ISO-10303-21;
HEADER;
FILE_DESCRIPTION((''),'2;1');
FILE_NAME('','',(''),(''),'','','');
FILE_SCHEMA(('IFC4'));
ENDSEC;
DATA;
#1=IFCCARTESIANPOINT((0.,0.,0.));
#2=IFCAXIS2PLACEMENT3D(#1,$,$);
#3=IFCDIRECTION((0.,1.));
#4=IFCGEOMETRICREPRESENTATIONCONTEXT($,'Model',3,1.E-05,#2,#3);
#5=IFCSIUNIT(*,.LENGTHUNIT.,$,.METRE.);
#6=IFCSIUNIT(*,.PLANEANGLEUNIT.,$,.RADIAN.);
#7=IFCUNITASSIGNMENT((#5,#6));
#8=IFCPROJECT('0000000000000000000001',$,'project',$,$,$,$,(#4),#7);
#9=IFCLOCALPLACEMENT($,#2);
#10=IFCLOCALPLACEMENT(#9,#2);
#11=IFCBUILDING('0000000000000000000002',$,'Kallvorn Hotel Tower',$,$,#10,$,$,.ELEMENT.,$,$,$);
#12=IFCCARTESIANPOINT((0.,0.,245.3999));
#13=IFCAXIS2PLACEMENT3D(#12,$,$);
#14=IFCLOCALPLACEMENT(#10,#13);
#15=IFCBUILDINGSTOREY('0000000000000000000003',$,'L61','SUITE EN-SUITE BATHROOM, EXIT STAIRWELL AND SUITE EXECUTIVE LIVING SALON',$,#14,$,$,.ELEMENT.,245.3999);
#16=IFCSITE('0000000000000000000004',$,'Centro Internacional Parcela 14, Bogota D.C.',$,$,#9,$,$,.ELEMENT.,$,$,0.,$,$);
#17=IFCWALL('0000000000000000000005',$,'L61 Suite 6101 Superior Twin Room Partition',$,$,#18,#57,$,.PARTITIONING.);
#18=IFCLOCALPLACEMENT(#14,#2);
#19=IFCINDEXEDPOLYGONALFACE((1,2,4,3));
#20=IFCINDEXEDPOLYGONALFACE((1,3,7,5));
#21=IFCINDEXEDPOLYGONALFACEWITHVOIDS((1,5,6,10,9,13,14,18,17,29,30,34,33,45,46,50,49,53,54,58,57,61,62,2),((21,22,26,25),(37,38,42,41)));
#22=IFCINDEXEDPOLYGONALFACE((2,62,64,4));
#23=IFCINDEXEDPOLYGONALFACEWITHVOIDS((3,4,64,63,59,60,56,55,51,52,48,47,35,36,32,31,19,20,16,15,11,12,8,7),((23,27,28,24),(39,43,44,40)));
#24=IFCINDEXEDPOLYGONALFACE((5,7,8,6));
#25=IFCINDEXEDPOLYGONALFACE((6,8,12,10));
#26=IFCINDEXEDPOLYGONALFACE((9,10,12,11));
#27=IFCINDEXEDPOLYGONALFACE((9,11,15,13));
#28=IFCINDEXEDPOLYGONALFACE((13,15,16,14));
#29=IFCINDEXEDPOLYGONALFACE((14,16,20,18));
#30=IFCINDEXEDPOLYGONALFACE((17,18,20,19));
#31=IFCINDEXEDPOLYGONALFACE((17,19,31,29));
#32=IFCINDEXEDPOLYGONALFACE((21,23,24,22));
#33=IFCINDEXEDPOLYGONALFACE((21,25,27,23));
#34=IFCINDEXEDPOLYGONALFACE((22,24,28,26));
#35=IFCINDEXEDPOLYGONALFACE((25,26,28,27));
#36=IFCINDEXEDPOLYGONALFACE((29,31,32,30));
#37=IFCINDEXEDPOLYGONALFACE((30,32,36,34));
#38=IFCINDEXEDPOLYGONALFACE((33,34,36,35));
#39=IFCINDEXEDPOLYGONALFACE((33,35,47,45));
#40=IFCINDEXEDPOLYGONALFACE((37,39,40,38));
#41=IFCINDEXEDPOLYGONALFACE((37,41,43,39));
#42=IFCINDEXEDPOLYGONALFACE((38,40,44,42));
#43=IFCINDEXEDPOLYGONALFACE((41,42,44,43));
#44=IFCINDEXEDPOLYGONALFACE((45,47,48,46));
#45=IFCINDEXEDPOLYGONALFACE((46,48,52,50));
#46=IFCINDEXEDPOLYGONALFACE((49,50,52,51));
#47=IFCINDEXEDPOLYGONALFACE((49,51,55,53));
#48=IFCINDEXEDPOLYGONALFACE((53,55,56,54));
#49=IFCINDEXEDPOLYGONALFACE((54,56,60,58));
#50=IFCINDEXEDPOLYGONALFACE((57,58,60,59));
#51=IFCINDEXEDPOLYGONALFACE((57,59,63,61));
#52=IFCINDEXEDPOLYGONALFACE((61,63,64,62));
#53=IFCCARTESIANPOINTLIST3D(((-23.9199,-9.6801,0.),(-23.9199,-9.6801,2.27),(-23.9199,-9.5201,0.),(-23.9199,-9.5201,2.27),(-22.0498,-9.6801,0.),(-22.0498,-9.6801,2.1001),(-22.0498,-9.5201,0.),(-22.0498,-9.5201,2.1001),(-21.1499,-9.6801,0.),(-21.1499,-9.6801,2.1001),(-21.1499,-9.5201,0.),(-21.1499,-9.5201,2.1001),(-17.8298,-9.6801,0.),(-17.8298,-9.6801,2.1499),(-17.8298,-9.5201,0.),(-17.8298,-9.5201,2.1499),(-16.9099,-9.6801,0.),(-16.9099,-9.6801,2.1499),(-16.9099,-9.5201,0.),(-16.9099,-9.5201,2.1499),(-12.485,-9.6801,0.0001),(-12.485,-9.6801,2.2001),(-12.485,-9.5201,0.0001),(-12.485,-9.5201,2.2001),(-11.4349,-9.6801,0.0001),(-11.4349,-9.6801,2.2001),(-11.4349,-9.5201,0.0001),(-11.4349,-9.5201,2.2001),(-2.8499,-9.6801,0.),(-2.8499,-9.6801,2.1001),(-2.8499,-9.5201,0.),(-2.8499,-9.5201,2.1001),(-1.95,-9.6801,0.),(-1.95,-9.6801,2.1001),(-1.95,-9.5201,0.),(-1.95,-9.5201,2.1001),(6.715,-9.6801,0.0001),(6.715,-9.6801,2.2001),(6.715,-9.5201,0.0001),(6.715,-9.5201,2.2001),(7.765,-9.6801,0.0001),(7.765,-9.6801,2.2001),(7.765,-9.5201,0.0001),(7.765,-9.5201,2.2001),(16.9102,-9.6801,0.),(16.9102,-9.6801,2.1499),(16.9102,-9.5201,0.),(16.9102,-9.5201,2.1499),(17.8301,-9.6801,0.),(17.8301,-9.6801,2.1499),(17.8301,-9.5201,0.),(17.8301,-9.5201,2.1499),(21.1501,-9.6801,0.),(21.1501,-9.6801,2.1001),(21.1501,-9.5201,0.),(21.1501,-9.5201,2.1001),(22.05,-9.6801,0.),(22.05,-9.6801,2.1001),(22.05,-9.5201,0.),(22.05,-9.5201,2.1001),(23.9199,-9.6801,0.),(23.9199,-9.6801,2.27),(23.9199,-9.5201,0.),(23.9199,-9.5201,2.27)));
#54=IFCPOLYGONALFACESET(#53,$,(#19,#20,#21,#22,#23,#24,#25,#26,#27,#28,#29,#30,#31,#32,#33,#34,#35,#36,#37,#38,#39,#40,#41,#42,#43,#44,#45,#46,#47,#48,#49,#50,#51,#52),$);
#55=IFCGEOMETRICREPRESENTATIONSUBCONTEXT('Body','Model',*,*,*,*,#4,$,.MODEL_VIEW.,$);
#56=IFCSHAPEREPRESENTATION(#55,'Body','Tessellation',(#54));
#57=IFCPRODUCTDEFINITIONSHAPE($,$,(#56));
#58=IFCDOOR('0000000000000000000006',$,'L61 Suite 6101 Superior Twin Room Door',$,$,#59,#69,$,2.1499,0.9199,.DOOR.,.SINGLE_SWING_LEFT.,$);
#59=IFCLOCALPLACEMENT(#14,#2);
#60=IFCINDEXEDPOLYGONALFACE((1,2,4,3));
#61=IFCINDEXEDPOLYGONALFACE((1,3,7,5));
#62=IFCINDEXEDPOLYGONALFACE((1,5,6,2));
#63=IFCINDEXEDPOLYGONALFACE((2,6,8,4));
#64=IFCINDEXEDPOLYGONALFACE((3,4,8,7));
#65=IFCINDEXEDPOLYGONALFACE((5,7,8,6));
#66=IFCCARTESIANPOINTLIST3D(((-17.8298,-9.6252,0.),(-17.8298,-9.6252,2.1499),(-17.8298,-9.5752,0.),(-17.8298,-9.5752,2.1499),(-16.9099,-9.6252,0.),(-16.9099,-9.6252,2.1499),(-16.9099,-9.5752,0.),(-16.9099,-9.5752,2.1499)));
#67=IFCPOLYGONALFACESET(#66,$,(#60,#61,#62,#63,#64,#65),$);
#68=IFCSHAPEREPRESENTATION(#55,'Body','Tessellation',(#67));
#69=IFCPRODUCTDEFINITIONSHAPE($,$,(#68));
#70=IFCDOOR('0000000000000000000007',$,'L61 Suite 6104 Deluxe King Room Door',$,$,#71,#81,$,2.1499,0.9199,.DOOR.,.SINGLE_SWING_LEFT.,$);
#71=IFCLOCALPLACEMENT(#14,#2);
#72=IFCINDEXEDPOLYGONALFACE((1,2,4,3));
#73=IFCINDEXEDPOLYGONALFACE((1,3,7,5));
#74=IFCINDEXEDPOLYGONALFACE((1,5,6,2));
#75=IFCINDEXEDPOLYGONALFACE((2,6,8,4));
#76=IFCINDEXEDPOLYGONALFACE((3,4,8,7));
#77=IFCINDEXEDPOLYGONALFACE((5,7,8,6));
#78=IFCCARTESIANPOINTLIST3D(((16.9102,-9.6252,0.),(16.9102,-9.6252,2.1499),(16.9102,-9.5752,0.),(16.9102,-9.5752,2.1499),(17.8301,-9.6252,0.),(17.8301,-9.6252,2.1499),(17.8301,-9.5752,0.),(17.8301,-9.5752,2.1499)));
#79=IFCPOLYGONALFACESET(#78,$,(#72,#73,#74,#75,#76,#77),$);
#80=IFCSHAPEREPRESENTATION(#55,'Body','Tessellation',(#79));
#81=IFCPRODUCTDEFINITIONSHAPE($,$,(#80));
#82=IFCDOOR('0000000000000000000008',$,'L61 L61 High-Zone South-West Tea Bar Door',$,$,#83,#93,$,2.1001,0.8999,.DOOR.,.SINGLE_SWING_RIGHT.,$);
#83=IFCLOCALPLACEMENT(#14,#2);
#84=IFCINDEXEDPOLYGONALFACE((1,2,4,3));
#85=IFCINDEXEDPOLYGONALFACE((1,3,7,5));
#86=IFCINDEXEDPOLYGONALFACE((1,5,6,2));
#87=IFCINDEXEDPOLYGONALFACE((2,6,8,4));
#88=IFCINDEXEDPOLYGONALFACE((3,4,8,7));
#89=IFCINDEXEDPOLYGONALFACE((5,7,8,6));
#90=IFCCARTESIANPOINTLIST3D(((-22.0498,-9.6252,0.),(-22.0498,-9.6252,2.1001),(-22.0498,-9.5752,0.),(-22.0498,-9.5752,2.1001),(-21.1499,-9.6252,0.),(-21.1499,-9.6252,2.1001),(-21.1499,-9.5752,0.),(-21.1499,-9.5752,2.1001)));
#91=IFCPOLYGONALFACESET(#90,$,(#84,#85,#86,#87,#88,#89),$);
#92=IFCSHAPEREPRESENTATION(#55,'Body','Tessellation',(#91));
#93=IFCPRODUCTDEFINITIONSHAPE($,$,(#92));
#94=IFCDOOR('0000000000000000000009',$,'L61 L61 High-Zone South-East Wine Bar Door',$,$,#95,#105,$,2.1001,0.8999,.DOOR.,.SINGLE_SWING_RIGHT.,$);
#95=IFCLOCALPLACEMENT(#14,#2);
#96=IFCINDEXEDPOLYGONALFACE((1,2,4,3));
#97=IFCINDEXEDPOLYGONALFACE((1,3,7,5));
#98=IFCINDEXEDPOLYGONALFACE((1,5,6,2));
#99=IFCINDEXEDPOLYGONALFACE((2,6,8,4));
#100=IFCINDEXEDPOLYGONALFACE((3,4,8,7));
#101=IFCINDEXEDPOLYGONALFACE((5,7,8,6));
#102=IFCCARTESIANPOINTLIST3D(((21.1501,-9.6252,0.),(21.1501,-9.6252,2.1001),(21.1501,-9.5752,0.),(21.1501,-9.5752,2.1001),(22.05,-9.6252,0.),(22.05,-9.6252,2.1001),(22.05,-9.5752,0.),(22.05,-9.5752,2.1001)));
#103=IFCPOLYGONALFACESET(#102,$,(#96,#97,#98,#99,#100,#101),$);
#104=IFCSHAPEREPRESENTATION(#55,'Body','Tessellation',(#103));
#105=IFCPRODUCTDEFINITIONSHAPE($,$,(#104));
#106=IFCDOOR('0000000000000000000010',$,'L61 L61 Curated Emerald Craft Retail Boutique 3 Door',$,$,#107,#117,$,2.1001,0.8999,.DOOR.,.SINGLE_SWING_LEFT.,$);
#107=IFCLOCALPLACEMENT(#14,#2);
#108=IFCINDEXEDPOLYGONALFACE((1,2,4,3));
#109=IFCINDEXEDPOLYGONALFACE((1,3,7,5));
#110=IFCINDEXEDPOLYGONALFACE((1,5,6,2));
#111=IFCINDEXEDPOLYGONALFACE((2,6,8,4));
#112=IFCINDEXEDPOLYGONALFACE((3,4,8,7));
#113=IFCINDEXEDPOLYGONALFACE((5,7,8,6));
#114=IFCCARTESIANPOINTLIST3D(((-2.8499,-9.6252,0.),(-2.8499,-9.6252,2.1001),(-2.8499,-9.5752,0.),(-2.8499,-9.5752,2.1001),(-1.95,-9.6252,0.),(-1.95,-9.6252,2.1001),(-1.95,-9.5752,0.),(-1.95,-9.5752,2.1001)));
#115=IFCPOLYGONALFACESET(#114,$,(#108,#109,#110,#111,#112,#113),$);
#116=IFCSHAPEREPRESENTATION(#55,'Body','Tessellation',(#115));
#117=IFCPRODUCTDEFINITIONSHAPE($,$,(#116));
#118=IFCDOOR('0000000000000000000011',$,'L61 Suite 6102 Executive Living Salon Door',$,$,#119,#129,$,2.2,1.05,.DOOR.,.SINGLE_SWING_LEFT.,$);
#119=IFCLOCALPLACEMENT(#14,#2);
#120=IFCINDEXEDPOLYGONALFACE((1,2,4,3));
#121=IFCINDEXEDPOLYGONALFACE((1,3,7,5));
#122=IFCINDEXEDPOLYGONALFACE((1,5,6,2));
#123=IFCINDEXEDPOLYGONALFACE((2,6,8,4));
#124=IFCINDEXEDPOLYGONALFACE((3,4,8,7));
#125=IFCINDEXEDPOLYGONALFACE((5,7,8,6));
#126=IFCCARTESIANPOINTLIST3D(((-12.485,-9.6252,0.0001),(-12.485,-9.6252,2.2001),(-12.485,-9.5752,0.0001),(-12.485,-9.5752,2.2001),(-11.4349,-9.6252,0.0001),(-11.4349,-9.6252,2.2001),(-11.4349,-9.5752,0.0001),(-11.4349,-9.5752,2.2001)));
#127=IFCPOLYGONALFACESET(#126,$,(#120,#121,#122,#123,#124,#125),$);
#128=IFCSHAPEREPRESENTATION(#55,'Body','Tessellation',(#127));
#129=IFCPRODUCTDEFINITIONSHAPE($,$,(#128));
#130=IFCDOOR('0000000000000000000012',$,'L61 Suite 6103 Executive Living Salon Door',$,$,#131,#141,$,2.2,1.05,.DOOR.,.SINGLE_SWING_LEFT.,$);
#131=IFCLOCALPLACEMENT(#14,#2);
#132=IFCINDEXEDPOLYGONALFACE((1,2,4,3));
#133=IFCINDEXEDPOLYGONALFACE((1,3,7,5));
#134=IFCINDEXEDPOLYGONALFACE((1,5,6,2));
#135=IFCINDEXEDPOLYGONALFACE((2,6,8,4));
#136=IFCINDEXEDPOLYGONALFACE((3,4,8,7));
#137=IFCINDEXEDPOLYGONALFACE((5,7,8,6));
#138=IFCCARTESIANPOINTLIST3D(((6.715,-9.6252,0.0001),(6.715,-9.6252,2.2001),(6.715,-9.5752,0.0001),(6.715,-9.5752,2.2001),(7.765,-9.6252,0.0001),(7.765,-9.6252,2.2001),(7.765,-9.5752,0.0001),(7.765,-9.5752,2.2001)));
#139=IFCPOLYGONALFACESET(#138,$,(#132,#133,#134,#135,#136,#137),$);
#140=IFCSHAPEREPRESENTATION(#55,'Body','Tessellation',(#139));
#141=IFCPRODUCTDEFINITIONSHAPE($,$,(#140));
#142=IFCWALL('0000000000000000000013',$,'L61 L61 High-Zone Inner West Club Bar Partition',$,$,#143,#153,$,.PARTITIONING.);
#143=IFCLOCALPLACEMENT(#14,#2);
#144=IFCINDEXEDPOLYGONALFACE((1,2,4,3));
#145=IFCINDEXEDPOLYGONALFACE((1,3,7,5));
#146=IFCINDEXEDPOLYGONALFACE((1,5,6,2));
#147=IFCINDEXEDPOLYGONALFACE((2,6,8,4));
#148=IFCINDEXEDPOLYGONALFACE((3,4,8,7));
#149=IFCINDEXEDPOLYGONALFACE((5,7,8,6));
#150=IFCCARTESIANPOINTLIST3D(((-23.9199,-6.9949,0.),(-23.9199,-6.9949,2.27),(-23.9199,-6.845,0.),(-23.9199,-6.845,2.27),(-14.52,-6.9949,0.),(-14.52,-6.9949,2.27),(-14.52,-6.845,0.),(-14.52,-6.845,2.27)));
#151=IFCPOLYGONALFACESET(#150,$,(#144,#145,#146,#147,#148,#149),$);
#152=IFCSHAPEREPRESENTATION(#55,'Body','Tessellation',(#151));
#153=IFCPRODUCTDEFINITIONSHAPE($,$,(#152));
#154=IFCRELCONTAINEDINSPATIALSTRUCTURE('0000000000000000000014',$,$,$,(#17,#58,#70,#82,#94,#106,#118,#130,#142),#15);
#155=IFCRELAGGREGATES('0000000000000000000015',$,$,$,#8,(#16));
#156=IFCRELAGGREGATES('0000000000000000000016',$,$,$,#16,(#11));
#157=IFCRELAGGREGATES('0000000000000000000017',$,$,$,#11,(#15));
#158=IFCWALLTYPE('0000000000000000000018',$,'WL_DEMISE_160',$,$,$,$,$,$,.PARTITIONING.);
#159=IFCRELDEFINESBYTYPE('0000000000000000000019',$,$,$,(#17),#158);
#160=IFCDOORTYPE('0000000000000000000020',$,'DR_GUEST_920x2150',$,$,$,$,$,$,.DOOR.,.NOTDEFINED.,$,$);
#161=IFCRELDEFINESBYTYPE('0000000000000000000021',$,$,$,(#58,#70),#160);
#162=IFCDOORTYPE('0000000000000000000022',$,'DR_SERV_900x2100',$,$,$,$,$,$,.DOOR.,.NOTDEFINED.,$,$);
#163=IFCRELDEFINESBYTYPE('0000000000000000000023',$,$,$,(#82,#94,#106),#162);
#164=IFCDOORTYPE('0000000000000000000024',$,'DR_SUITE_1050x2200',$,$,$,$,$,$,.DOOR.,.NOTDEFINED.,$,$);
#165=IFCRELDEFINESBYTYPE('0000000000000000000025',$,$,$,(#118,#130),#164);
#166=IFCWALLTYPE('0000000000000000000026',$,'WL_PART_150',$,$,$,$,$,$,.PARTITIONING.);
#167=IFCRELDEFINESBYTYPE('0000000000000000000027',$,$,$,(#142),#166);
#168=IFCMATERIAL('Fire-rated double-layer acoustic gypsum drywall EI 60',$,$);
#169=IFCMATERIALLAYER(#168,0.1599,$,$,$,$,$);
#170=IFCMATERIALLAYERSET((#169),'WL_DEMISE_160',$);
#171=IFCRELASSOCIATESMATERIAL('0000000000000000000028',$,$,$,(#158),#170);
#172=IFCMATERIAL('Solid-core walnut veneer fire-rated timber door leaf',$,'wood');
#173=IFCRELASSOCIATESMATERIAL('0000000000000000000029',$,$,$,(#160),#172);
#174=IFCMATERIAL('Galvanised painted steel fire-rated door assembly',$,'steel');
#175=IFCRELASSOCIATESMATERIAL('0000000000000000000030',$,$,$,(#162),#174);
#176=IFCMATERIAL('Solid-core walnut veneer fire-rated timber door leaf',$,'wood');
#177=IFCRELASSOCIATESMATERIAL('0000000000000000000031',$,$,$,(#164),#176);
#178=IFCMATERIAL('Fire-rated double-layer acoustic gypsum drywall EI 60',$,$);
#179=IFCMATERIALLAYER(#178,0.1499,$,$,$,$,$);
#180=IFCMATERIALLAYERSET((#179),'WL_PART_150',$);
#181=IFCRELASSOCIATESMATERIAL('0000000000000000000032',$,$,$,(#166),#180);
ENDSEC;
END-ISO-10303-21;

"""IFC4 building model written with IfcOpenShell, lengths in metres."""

from ifc_helpers import new_model, si_unit, direction, frame, frame_2d, origin, place, context, subcontext, project, spatial, rectangle, extrude, material, layer, layer_set, type_object, element, fill, save


model = new_model("IFC4")

# Units and contexts
model_context = context("Model", 3, precision=1e-05, world=origin(), true_north=direction((0.0, 1.0)))
body_context = subcontext(model_context, "Body", "Model", "MODEL_VIEW")
ifc_project = project(units=[si_unit("LENGTHUNIT", "METRE"), si_unit("PLANEANGLEUNIT", "RADIAN")], contexts=[model_context])

# Site, building, storey
site_placement = place(None, origin())
site = spatial("IfcSite", under=ifc_project, at=site_placement, Name="Centro Internacional Parcela 14, Bogota D.C.", CompositionType="ELEMENT", RefElevation=0.0)
building_placement = place(site_placement, origin())
building = spatial("IfcBuilding", under=site, at=building_placement, Name="Kallvorn Hotel Tower", CompositionType="ELEMENT")
storey_placement = place(building_placement, frame((0.0, 0.0, 245.3999)))
storey = spatial("IfcBuildingStorey", under=building, at=storey_placement, Name="L61", Description="SUITE EN-SUITE BATHROOM, EXIT STAIRWELL AND SUITE EXECUTIVE LIVING SALON", CompositionType="ELEMENT", Elevation=245.3999)

# Wall, openings, doors
ifc_material_1 = material(Name="Fire-rated double-layer acoustic gypsum drywall EI 60")
ifc_layer_1 = layer(ifc_material_1, 0.1599)
ifc_layer_set_1 = layer_set([ifc_layer_1], Name="WL_DEMISE_160")
wall_type_1 = type_object("IfcWallType", Name="WL_DEMISE_160", PredefinedType="PARTITIONING", material=ifc_layer_set_1)
wall_1_placement = place(storey_placement, frame((-23.9199, -9.6001, 0.0), z_axis=(0.0, 0.0, 1.0), x_axis=(1.0, 0.0, 0.0)))
wall_1 = element("IfcWall", 1, at=wall_1_placement, inside=storey, type_object=wall_type_1, Name="L61 Suite 6101 Superior Twin Room Partition", PredefinedType="PARTITIONING", context=body_context, shape_type="SweptSolid", body=[
    extrude(rectangle(XDim=47.8398, YDim=0.1599, at=frame_2d((23.9199, 0.0))), origin(), (0.0, 0.0, 1.0), 2.27),
])
opening_1_placement = place(wall_1_placement, frame((1.8701, 0.0, 0.0)))
opening_1 = element("IfcOpeningElement", 2, at=opening_1_placement, cuts=wall_1, PredefinedType="OPENING", context=body_context, shape_type="SweptSolid", body=[
    extrude(rectangle(XDim=0.8999, YDim=2.1001, at=frame_2d((0.45, 1.05))), frame((0.0, 0.095, 0.0), z_axis=(0.0, -1.0, 0.0), x_axis=(1.0, 0.0, 0.0)), (0.0, 0.0, 1.0), 0.1899),
])
opening_2_placement = place(wall_1_placement, frame((45.0701, 0.0, 0.0)))
opening_2 = element("IfcOpeningElement", 3, at=opening_2_placement, cuts=wall_1, PredefinedType="OPENING", context=body_context, shape_type="SweptSolid", body=[
    extrude(rectangle(XDim=0.8999, YDim=2.1001, at=frame_2d((0.45, 1.05))), frame((0.0, 0.095, 0.0), z_axis=(0.0, -1.0, 0.0), x_axis=(1.0, 0.0, 0.0)), (0.0, 0.0, 1.0), 0.1899),
])
opening_3_placement = place(wall_1_placement, frame((6.0901, 0.0, 0.0)))
opening_3 = element("IfcOpeningElement", 4, at=opening_3_placement, cuts=wall_1, PredefinedType="OPENING", context=body_context, shape_type="SweptSolid", body=[
    extrude(rectangle(XDim=0.9199, YDim=2.1499, at=frame_2d((0.46, 1.075))), frame((0.0, 0.095, 0.0), z_axis=(0.0, -1.0, 0.0), x_axis=(1.0, 0.0, 0.0)), (0.0, 0.0, 1.0), 0.1899),
])
opening_4_placement = place(wall_1_placement, frame((11.4351, 0.0, 0.0)))
opening_4 = element("IfcOpeningElement", 5, at=opening_4_placement, cuts=wall_1, PredefinedType="OPENING", context=body_context, shape_type="SweptSolid", body=[
    extrude(rectangle(XDim=1.05, YDim=2.2, at=frame_2d((0.5249, 1.1001))), frame((0.0, 0.095, 0.0), z_axis=(0.0, -1.0, 0.0), x_axis=(1.0, 0.0, 0.0)), (0.0, 0.0, 1.0), 0.1899),
])
opening_5_placement = place(wall_1_placement, frame((21.0701, 0.0, 0.0)))
opening_5 = element("IfcOpeningElement", 6, at=opening_5_placement, cuts=wall_1, PredefinedType="OPENING", context=body_context, shape_type="SweptSolid", body=[
    extrude(rectangle(XDim=0.8999, YDim=2.1001, at=frame_2d((0.45, 1.05))), frame((0.0, 0.095, 0.0), z_axis=(0.0, -1.0, 0.0), x_axis=(1.0, 0.0, 0.0)), (0.0, 0.0, 1.0), 0.1899),
])
opening_6_placement = place(wall_1_placement, frame((30.635, 0.0, 0.0)))
opening_6 = element("IfcOpeningElement", 7, at=opening_6_placement, cuts=wall_1, PredefinedType="OPENING", context=body_context, shape_type="SweptSolid", body=[
    extrude(rectangle(XDim=1.05, YDim=2.2, at=frame_2d((0.5249, 1.1001))), frame((0.0, 0.095, 0.0), z_axis=(0.0, -1.0, 0.0), x_axis=(1.0, 0.0, 0.0)), (0.0, 0.0, 1.0), 0.1899),
])
opening_7_placement = place(wall_1_placement, frame((40.8301, 0.0, 0.0)))
opening_7 = element("IfcOpeningElement", 8, at=opening_7_placement, cuts=wall_1, PredefinedType="OPENING", context=body_context, shape_type="SweptSolid", body=[
    extrude(rectangle(XDim=0.9199, YDim=2.1499, at=frame_2d((0.46, 1.075))), frame((0.0, 0.095, 0.0), z_axis=(0.0, -1.0, 0.0), x_axis=(1.0, 0.0, 0.0)), (0.0, 0.0, 1.0), 0.1899),
])
ifc_material_2 = material(Name="Solid-core walnut veneer fire-rated timber door leaf", Category="wood")
door_type_1 = type_object("IfcDoorType", Name="DR_GUEST_920x2150", OperationType="NOTDEFINED", PredefinedType="DOOR", material=ifc_material_2)
door_1_placement = place(opening_3_placement, origin())
door_1 = element("IfcDoor", 9, at=door_1_placement, inside=storey, type_object=door_type_1, Name="L61 Suite 6101 Superior Twin Room Door", OperationType="SINGLE_SWING_LEFT", OverallHeight=2.1499, OverallWidth=0.9199, PredefinedType="DOOR", context=body_context, shape_type="SweptSolid", body=[
    extrude(rectangle(XDim=0.9199, YDim=2.1499, at=frame_2d((0.46, 1.075))), frame((0.0, 0.0249, 0.0), z_axis=(0.0, -1.0, 0.0), x_axis=(1.0, 0.0, 0.0)), (0.0, 0.0, 1.0), 0.05),
])
fill(opening_3, door_1)
door_2_placement = place(opening_7_placement, origin())
door_2 = element("IfcDoor", 10, at=door_2_placement, inside=storey, type_object=door_type_1, Name="L61 Suite 6104 Deluxe King Room Door", OperationType="SINGLE_SWING_LEFT", OverallHeight=2.1499, OverallWidth=0.9199, PredefinedType="DOOR", context=body_context, shape_type="SweptSolid", body=[
    extrude(rectangle(XDim=0.9199, YDim=2.1499, at=frame_2d((0.46, 1.075))), frame((0.0, 0.0249, 0.0), z_axis=(0.0, -1.0, 0.0), x_axis=(1.0, 0.0, 0.0)), (0.0, 0.0, 1.0), 0.05),
])
fill(opening_7, door_2)
ifc_material_3 = material(Name="Galvanised painted steel fire-rated door assembly", Category="steel")
door_type_2 = type_object("IfcDoorType", Name="DR_SERV_900x2100", OperationType="NOTDEFINED", PredefinedType="DOOR", material=ifc_material_3)
door_3_placement = place(opening_1_placement, origin())
door_3 = element("IfcDoor", 11, at=door_3_placement, inside=storey, type_object=door_type_2, Name="L61 L61 High-Zone South-West Tea Bar Door", OperationType="SINGLE_SWING_RIGHT", OverallHeight=2.1001, OverallWidth=0.8999, PredefinedType="DOOR", context=body_context, shape_type="SweptSolid", body=[
    extrude(rectangle(XDim=0.8999, YDim=2.1001, at=frame_2d((0.45, 1.05))), frame((0.0, 0.0249, 0.0), z_axis=(0.0, -1.0, 0.0), x_axis=(1.0, 0.0, 0.0)), (0.0, 0.0, 1.0), 0.05),
])
fill(opening_1, door_3)
door_4_placement = place(opening_2_placement, origin())
door_4 = element("IfcDoor", 12, at=door_4_placement, inside=storey, type_object=door_type_2, Name="L61 L61 High-Zone South-East Wine Bar Door", OperationType="SINGLE_SWING_RIGHT", OverallHeight=2.1001, OverallWidth=0.8999, PredefinedType="DOOR", context=body_context, shape_type="SweptSolid", body=[
    extrude(rectangle(XDim=0.8999, YDim=2.1001, at=frame_2d((0.45, 1.05))), frame((0.0, 0.0249, 0.0), z_axis=(0.0, -1.0, 0.0), x_axis=(1.0, 0.0, 0.0)), (0.0, 0.0, 1.0), 0.05),
])
fill(opening_2, door_4)
door_5_placement = place(opening_5_placement, origin())
door_5 = element("IfcDoor", 13, at=door_5_placement, inside=storey, type_object=door_type_2, Name="L61 L61 Curated Emerald Craft Retail Boutique 3 Door", OperationType="SINGLE_SWING_LEFT", OverallHeight=2.1001, OverallWidth=0.8999, PredefinedType="DOOR", context=body_context, shape_type="SweptSolid", body=[
    extrude(rectangle(XDim=0.8999, YDim=2.1001, at=frame_2d((0.45, 1.05))), frame((0.0, 0.0249, 0.0), z_axis=(0.0, -1.0, 0.0), x_axis=(1.0, 0.0, 0.0)), (0.0, 0.0, 1.0), 0.05),
])
fill(opening_5, door_5)
ifc_material_4 = material(Name="Solid-core walnut veneer fire-rated timber door leaf", Category="wood")
door_type_3 = type_object("IfcDoorType", Name="DR_SUITE_1050x2200", OperationType="NOTDEFINED", PredefinedType="DOOR", material=ifc_material_4)
door_6_placement = place(opening_4_placement, origin())
door_6 = element("IfcDoor", 14, at=door_6_placement, inside=storey, type_object=door_type_3, Name="L61 Suite 6102 Executive Living Salon Door", OperationType="SINGLE_SWING_LEFT", OverallHeight=2.2, OverallWidth=1.05, PredefinedType="DOOR", context=body_context, shape_type="SweptSolid", body=[
    extrude(rectangle(XDim=1.05, YDim=2.2, at=frame_2d((0.5249, 1.1001))), frame((0.0, 0.0249, 0.0), z_axis=(0.0, -1.0, 0.0), x_axis=(1.0, 0.0, 0.0)), (0.0, 0.0, 1.0), 0.05),
])
fill(opening_4, door_6)
door_7_placement = place(opening_6_placement, origin())
door_7 = element("IfcDoor", 15, at=door_7_placement, inside=storey, type_object=door_type_3, Name="L61 Suite 6103 Executive Living Salon Door", OperationType="SINGLE_SWING_LEFT", OverallHeight=2.2, OverallWidth=1.05, PredefinedType="DOOR", context=body_context, shape_type="SweptSolid", body=[
    extrude(rectangle(XDim=1.05, YDim=2.2, at=frame_2d((0.5249, 1.1001))), frame((0.0, 0.0249, 0.0), z_axis=(0.0, -1.0, 0.0), x_axis=(1.0, 0.0, 0.0)), (0.0, 0.0, 1.0), 0.05),
])
fill(opening_6, door_7)

# Wall
ifc_material_5 = material(Name="Fire-rated double-layer acoustic gypsum drywall EI 60")
ifc_layer_2 = layer(ifc_material_5, 0.1499)
ifc_layer_set_2 = layer_set([ifc_layer_2], Name="WL_PART_150")
wall_type_2 = type_object("IfcWallType", Name="WL_PART_150", PredefinedType="PARTITIONING", material=ifc_layer_set_2)
wall_2_placement = place(storey_placement, frame((-23.9199, -6.9199, 0.0), z_axis=(0.0, 0.0, 1.0), x_axis=(1.0, 0.0, 0.0)))
element("IfcWall", 16, at=wall_2_placement, inside=storey, type_object=wall_type_2, Name="L61 L61 High-Zone Inner West Club Bar Partition", PredefinedType="PARTITIONING", context=body_context, shape_type="SweptSolid", body=[
    extrude(rectangle(XDim=9.3999, YDim=0.1499, at=frame_2d((4.7, 0.0))), origin(), (0.0, 0.0, 1.0), 2.27),
])

save(model, "model.ifc")
